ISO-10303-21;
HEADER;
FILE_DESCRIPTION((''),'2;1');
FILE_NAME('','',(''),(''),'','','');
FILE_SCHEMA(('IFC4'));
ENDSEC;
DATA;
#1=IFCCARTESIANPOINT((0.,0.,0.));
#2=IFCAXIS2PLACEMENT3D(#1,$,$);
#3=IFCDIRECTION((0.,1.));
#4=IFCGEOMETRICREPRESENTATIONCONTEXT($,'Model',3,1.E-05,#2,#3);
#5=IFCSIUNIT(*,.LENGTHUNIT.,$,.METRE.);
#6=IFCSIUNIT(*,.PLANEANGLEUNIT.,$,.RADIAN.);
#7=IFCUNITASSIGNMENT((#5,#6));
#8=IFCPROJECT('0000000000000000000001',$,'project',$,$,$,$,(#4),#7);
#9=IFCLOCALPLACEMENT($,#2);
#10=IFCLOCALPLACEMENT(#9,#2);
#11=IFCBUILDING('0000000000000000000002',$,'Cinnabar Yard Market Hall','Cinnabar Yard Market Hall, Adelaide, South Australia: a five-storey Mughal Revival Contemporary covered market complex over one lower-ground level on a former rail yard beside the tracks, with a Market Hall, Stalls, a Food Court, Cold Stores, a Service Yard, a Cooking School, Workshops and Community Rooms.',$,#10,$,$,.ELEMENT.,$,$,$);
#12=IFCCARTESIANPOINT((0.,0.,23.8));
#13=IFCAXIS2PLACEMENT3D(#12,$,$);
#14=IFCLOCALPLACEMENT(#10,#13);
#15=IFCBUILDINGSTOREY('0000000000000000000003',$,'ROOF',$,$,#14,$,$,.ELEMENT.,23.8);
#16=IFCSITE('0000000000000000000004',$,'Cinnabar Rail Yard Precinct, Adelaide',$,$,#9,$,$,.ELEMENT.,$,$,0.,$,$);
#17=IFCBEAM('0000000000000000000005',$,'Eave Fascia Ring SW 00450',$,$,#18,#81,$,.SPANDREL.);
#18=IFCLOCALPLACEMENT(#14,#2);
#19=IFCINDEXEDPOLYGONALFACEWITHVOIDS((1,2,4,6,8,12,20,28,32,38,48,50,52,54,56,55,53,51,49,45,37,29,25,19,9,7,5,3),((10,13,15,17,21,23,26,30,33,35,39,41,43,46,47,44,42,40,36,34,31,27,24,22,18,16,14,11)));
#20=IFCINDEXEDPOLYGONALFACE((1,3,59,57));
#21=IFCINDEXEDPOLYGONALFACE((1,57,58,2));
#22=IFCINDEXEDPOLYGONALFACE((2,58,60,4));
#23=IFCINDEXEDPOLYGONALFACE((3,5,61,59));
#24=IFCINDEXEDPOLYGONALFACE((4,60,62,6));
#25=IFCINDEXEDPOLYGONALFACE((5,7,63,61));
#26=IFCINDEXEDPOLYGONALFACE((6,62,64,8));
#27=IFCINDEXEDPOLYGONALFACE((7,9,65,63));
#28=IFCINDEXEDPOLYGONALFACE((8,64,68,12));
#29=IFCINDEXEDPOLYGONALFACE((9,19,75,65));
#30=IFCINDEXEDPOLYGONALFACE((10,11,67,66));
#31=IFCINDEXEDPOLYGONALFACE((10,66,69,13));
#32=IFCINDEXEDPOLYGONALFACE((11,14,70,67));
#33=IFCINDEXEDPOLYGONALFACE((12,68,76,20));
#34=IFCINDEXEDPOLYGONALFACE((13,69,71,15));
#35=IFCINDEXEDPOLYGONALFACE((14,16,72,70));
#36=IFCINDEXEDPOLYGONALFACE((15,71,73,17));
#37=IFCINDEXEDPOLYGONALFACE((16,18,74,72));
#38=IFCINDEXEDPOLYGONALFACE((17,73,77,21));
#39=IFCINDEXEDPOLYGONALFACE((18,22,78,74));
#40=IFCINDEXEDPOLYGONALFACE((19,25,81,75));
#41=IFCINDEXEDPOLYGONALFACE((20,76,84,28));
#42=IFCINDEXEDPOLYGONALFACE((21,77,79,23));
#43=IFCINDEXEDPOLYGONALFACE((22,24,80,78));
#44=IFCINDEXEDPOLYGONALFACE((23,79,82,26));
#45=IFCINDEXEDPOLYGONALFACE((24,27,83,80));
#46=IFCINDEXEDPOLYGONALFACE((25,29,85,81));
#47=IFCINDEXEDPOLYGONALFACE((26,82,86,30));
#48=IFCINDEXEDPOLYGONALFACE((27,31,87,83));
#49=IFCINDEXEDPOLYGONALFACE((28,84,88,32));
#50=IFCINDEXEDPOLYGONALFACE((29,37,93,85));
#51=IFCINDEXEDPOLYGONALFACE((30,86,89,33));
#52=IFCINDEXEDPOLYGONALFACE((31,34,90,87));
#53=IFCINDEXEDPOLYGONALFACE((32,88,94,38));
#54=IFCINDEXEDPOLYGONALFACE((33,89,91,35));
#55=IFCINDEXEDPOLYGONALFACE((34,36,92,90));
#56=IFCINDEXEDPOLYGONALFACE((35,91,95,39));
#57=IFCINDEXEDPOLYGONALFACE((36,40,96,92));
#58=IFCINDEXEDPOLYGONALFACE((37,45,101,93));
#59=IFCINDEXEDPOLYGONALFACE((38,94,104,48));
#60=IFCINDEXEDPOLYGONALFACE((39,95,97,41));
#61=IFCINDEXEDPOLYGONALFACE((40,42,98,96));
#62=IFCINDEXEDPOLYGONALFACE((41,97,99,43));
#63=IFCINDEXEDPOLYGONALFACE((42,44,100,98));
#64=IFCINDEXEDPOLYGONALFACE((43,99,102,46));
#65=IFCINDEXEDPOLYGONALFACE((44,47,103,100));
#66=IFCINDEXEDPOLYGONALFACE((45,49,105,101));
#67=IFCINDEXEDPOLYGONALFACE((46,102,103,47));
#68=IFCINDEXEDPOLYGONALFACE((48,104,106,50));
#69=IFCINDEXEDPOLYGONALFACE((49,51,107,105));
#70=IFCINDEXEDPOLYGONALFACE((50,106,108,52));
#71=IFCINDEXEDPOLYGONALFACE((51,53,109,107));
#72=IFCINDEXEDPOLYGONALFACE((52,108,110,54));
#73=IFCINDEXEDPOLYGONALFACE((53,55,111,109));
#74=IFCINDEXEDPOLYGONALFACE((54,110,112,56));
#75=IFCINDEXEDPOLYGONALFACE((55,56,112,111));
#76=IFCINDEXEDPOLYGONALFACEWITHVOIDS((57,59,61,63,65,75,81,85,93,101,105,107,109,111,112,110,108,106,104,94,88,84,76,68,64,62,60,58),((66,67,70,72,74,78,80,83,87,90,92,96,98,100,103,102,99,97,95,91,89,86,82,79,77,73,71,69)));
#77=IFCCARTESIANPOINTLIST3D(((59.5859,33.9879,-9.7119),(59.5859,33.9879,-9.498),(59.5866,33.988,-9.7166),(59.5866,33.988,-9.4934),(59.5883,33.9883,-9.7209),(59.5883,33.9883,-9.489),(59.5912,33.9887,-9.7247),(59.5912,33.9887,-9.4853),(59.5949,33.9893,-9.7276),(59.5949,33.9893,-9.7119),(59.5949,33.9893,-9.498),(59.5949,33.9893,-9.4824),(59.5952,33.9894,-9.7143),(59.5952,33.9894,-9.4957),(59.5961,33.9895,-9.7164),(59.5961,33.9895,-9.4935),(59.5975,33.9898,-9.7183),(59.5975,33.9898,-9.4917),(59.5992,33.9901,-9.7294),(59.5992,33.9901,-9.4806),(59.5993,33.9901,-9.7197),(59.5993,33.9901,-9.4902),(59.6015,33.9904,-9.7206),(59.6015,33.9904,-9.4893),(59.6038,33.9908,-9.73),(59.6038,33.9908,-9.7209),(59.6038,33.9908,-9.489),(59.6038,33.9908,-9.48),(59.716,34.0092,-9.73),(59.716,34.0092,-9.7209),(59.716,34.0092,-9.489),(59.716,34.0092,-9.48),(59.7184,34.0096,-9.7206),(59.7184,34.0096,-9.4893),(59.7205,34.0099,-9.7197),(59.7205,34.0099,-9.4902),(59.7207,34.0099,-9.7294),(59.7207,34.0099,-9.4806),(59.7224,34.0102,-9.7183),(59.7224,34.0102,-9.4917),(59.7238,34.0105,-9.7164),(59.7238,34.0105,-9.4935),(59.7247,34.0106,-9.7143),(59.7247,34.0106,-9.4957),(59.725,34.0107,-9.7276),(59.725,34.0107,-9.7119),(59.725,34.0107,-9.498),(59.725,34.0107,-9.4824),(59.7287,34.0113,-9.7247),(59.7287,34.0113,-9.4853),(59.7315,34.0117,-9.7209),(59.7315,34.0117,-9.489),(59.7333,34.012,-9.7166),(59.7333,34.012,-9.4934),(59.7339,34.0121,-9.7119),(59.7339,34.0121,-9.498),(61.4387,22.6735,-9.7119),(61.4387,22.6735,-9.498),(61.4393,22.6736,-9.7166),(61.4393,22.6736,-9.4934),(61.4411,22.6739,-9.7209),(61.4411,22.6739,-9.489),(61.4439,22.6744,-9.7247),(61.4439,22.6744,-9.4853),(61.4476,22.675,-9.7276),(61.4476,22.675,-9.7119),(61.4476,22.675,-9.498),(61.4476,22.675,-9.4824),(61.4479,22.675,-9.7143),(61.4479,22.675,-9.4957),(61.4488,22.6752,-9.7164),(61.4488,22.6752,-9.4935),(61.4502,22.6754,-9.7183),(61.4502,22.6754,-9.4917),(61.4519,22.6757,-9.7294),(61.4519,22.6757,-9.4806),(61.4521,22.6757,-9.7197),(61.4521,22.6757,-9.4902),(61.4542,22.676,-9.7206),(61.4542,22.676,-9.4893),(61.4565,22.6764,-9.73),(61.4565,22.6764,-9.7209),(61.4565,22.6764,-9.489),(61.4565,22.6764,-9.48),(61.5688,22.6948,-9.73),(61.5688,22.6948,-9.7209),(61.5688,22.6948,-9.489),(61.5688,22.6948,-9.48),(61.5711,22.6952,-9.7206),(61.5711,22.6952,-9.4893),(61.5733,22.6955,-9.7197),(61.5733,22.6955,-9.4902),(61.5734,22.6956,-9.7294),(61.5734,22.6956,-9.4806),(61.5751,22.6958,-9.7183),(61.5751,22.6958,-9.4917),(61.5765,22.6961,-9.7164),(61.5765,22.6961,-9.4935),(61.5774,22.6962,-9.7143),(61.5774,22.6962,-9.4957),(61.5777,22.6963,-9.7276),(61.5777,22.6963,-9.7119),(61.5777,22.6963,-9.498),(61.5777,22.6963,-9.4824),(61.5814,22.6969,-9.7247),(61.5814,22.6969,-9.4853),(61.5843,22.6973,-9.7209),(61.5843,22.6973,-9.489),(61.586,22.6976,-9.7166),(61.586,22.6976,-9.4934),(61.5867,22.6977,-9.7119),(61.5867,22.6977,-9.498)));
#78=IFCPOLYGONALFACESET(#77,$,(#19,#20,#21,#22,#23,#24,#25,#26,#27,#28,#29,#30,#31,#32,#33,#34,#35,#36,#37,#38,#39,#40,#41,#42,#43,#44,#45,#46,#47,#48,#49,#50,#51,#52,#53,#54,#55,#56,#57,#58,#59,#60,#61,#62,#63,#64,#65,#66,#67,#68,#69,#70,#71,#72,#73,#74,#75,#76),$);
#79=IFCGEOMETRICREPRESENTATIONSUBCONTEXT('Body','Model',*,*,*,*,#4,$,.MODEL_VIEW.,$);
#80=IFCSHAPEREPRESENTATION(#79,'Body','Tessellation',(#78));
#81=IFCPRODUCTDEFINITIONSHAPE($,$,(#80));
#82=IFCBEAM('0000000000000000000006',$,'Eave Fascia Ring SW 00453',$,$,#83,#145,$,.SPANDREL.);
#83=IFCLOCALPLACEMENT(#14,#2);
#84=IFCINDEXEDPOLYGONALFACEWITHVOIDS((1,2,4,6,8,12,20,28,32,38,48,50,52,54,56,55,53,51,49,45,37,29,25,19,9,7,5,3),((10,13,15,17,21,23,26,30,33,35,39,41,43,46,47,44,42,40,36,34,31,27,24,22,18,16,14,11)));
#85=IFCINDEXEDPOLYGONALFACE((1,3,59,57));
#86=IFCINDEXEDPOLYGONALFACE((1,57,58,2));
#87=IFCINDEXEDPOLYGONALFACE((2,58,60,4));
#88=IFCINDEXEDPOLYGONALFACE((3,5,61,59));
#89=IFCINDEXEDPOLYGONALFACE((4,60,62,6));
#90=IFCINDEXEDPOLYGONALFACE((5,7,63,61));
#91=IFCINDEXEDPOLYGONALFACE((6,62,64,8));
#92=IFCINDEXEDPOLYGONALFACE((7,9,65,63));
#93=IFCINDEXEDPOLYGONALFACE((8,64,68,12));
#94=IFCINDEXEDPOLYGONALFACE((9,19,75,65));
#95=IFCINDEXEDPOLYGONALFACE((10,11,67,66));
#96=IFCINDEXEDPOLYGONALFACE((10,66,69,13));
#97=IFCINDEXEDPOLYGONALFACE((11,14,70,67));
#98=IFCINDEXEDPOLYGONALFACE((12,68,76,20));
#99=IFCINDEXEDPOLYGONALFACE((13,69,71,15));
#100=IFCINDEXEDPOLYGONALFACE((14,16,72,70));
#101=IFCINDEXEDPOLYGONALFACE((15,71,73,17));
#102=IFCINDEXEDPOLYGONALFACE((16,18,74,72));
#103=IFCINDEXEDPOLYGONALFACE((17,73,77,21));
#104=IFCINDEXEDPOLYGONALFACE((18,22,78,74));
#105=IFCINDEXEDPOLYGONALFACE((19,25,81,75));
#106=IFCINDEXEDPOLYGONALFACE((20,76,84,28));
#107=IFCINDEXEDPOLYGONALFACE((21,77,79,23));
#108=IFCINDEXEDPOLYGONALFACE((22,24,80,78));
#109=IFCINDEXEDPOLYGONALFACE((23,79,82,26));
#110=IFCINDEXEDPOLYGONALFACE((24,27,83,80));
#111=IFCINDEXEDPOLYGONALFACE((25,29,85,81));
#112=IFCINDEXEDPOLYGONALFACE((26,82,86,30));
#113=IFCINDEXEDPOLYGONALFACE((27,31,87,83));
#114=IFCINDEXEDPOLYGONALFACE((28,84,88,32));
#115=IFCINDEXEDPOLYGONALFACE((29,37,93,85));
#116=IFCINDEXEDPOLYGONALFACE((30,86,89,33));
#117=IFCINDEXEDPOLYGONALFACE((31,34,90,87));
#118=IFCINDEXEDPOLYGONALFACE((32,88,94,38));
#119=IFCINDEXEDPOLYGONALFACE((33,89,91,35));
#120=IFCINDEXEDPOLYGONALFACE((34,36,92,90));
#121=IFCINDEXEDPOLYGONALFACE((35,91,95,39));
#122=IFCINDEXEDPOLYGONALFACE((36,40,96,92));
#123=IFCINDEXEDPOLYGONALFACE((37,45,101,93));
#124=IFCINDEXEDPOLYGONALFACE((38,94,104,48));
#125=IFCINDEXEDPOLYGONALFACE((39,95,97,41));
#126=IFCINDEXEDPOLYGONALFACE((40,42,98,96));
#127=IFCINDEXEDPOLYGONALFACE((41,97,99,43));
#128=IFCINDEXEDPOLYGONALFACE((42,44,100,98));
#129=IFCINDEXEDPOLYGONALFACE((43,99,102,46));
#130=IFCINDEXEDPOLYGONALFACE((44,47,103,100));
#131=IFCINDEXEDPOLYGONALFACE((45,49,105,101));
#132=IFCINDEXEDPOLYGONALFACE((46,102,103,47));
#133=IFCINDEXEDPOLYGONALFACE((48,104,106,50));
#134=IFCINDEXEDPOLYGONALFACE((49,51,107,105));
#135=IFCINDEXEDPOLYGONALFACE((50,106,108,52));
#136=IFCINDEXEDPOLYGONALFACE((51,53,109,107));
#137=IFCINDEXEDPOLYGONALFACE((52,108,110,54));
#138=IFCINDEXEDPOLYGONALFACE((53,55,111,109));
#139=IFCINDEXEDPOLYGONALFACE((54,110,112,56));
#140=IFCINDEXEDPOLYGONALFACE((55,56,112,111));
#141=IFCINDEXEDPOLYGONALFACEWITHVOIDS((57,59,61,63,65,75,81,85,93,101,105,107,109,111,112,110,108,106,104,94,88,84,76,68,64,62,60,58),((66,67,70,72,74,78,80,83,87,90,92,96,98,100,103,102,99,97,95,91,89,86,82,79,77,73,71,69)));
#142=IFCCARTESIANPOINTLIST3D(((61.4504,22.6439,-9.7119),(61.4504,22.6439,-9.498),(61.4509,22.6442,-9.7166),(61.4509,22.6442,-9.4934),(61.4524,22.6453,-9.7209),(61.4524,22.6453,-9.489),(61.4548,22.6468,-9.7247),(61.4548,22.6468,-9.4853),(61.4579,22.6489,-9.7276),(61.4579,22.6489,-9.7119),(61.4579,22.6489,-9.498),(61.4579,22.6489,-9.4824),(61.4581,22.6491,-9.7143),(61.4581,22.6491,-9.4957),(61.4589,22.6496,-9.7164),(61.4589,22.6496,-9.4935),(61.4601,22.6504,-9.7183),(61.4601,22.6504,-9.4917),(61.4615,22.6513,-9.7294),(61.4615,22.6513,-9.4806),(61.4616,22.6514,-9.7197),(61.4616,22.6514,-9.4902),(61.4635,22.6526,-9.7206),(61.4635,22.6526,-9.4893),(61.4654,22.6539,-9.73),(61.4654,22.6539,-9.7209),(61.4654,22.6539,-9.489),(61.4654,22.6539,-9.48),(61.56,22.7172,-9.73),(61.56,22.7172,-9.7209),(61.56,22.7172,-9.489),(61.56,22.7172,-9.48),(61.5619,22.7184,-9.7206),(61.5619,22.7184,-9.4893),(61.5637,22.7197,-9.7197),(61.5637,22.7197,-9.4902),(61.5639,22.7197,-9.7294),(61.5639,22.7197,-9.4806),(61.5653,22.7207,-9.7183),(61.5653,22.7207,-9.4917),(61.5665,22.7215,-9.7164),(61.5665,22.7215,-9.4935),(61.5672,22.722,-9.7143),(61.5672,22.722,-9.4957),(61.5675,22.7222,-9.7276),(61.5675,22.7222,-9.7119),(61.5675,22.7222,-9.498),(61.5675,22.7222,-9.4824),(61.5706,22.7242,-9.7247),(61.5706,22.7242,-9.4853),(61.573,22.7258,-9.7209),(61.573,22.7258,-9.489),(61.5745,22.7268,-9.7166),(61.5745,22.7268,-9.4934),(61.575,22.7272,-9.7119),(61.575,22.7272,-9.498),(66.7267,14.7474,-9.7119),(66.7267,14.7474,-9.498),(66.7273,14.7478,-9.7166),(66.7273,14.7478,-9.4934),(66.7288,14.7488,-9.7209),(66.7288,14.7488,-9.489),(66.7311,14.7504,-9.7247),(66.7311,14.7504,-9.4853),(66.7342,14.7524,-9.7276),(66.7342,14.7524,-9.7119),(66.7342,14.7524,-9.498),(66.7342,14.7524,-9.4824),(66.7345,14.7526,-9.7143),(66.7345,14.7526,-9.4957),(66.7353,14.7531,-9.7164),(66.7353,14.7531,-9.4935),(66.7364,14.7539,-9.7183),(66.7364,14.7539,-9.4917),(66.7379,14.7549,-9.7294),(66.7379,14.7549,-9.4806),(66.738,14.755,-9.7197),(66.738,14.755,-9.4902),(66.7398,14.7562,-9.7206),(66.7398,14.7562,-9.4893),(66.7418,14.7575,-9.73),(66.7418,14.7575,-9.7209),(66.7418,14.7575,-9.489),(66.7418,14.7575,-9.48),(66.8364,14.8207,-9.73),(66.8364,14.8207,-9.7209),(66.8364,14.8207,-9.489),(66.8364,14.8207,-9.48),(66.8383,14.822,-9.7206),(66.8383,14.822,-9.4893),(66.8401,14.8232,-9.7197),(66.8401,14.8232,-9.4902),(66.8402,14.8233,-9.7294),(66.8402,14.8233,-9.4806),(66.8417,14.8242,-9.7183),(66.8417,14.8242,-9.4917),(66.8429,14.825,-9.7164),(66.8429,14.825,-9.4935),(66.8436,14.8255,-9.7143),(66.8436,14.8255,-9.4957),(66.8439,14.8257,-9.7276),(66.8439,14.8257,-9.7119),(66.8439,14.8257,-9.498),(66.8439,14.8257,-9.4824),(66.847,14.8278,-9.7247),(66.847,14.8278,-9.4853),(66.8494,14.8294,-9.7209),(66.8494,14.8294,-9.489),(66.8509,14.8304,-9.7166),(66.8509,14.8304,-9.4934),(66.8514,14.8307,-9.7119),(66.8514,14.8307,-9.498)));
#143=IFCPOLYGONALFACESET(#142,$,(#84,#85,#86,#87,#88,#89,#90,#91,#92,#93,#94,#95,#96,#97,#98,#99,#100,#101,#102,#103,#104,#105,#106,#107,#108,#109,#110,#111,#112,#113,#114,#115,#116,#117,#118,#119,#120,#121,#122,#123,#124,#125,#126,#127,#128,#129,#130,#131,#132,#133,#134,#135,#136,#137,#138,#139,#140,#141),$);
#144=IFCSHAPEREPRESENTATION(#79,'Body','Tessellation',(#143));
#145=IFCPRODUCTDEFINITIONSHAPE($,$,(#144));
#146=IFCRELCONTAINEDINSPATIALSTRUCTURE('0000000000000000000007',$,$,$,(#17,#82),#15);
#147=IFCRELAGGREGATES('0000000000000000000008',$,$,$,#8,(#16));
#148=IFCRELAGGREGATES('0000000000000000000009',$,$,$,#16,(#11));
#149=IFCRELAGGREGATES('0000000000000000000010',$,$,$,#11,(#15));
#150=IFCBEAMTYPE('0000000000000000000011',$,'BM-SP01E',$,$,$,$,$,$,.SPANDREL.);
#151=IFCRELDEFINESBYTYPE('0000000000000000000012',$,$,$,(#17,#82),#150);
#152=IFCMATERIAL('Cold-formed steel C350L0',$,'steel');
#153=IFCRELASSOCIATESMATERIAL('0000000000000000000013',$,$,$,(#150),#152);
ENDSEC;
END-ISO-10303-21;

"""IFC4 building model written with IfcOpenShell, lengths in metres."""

from ifc_helpers import new_model, si_unit, direction, frame, origin, origin_2d_with_axis, place, context, subcontext, project, spatial, hollow_rectangle, extrude, material, material_profile, profile_set, type_object, element, save


model = new_model("IFC4")

# Units and contexts
model_context = context("Model", 3, precision=1e-05, world=origin(), true_north=direction((0.0, 1.0)))
body_context = subcontext(model_context, "Body", "Model", "MODEL_VIEW")
ifc_project = project(units=[si_unit("LENGTHUNIT", "METRE"), si_unit("PLANEANGLEUNIT", "RADIAN")], contexts=[model_context])

# Site, building, storey
site_placement = place(None, origin())
site = spatial("IfcSite", under=ifc_project, at=site_placement, Name="Cinnabar Rail Yard Precinct, Adelaide", CompositionType="ELEMENT", RefElevation=0.0)
building_placement = place(site_placement, origin())
building = spatial("IfcBuilding", under=site, at=building_placement, Name="Cinnabar Yard Market Hall", Description="Cinnabar Yard Market Hall, Adelaide, South Australia: a five-storey Mughal Revival Contemporary covered market complex over one lower-ground level on a former rail yard beside the tracks, with a Market Hall, Stalls, a Food Court, Cold Stores, a Service Yard, a Cooking School, Workshops and Community Rooms.", CompositionType="ELEMENT")
storey_placement = place(building_placement, frame((0.0, 0.0, 23.8)))
storey = spatial("IfcBuildingStorey", under=building, at=storey_placement, Name="ROOF", CompositionType="ELEMENT", Elevation=23.8)

# Beams
ifc_material_1 = material(Name="Cold-formed steel C350L0", Category="steel")
ifc_material_profile_1 = material_profile(ifc_material_1, hollow_rectangle(XDim=0.1499, YDim=0.25, WallThickness=0.009, InnerFilletRadius=0.009, OuterFilletRadius=0.0181, at=origin_2d_with_axis()), Name="250x150x9.0RHS")
ifc_profile_set_1 = profile_set([ifc_material_profile_1], Name="Cold-formed steel C350L0")
beam_type_1 = type_object("IfcBeamType", Name="BM-SP01E", PredefinedType="SPANDREL", material=ifc_profile_set_1)
beam_1_placement = place(storey_placement, frame((59.6599, 34.0, -9.605), z_axis=(0.161601, -0.986856, 0.0), x_axis=(0.986856, 0.161601, 0.0)))
element("IfcBeam", 1, at=beam_1_placement, inside=storey, type_object=beam_type_1, Name="Eave Fascia Ring SW 00450", PredefinedType="SPANDREL", context=body_context, shape_type="SweptSolid", body=[
    extrude(hollow_rectangle(XDim=0.1499, YDim=0.25, WallThickness=0.009, InnerFilletRadius=0.009, OuterFilletRadius=0.0181, at=origin_2d_with_axis()), origin(), (0.0, 0.0, 1.0), 11.4651),
])
for number, where, z_axis, x_axis, name in (
    (2, (61.5127, 22.6855, -9.605), (0.555578, -0.831465, 0.0), (0.831465, 0.555578, 0.0), "Eave Fascia Ring SW 00453"),
):
    element("IfcBeam", number, at=place(storey_placement, frame(where, z_axis=z_axis, x_axis=x_axis)), inside=storey, type_object=beam_type_1, Name=name, PredefinedType="SPANDREL", context=body_context, shape_type="SweptSolid", body=[
        extrude(hollow_rectangle(XDim=0.1499, YDim=0.25, WallThickness=0.009, InnerFilletRadius=0.009, OuterFilletRadius=0.0181, at=origin_2d_with_axis()), origin(), (0.0, 0.0, 1.0), 9.4971),
    ])

save(model, "model.ifc")
